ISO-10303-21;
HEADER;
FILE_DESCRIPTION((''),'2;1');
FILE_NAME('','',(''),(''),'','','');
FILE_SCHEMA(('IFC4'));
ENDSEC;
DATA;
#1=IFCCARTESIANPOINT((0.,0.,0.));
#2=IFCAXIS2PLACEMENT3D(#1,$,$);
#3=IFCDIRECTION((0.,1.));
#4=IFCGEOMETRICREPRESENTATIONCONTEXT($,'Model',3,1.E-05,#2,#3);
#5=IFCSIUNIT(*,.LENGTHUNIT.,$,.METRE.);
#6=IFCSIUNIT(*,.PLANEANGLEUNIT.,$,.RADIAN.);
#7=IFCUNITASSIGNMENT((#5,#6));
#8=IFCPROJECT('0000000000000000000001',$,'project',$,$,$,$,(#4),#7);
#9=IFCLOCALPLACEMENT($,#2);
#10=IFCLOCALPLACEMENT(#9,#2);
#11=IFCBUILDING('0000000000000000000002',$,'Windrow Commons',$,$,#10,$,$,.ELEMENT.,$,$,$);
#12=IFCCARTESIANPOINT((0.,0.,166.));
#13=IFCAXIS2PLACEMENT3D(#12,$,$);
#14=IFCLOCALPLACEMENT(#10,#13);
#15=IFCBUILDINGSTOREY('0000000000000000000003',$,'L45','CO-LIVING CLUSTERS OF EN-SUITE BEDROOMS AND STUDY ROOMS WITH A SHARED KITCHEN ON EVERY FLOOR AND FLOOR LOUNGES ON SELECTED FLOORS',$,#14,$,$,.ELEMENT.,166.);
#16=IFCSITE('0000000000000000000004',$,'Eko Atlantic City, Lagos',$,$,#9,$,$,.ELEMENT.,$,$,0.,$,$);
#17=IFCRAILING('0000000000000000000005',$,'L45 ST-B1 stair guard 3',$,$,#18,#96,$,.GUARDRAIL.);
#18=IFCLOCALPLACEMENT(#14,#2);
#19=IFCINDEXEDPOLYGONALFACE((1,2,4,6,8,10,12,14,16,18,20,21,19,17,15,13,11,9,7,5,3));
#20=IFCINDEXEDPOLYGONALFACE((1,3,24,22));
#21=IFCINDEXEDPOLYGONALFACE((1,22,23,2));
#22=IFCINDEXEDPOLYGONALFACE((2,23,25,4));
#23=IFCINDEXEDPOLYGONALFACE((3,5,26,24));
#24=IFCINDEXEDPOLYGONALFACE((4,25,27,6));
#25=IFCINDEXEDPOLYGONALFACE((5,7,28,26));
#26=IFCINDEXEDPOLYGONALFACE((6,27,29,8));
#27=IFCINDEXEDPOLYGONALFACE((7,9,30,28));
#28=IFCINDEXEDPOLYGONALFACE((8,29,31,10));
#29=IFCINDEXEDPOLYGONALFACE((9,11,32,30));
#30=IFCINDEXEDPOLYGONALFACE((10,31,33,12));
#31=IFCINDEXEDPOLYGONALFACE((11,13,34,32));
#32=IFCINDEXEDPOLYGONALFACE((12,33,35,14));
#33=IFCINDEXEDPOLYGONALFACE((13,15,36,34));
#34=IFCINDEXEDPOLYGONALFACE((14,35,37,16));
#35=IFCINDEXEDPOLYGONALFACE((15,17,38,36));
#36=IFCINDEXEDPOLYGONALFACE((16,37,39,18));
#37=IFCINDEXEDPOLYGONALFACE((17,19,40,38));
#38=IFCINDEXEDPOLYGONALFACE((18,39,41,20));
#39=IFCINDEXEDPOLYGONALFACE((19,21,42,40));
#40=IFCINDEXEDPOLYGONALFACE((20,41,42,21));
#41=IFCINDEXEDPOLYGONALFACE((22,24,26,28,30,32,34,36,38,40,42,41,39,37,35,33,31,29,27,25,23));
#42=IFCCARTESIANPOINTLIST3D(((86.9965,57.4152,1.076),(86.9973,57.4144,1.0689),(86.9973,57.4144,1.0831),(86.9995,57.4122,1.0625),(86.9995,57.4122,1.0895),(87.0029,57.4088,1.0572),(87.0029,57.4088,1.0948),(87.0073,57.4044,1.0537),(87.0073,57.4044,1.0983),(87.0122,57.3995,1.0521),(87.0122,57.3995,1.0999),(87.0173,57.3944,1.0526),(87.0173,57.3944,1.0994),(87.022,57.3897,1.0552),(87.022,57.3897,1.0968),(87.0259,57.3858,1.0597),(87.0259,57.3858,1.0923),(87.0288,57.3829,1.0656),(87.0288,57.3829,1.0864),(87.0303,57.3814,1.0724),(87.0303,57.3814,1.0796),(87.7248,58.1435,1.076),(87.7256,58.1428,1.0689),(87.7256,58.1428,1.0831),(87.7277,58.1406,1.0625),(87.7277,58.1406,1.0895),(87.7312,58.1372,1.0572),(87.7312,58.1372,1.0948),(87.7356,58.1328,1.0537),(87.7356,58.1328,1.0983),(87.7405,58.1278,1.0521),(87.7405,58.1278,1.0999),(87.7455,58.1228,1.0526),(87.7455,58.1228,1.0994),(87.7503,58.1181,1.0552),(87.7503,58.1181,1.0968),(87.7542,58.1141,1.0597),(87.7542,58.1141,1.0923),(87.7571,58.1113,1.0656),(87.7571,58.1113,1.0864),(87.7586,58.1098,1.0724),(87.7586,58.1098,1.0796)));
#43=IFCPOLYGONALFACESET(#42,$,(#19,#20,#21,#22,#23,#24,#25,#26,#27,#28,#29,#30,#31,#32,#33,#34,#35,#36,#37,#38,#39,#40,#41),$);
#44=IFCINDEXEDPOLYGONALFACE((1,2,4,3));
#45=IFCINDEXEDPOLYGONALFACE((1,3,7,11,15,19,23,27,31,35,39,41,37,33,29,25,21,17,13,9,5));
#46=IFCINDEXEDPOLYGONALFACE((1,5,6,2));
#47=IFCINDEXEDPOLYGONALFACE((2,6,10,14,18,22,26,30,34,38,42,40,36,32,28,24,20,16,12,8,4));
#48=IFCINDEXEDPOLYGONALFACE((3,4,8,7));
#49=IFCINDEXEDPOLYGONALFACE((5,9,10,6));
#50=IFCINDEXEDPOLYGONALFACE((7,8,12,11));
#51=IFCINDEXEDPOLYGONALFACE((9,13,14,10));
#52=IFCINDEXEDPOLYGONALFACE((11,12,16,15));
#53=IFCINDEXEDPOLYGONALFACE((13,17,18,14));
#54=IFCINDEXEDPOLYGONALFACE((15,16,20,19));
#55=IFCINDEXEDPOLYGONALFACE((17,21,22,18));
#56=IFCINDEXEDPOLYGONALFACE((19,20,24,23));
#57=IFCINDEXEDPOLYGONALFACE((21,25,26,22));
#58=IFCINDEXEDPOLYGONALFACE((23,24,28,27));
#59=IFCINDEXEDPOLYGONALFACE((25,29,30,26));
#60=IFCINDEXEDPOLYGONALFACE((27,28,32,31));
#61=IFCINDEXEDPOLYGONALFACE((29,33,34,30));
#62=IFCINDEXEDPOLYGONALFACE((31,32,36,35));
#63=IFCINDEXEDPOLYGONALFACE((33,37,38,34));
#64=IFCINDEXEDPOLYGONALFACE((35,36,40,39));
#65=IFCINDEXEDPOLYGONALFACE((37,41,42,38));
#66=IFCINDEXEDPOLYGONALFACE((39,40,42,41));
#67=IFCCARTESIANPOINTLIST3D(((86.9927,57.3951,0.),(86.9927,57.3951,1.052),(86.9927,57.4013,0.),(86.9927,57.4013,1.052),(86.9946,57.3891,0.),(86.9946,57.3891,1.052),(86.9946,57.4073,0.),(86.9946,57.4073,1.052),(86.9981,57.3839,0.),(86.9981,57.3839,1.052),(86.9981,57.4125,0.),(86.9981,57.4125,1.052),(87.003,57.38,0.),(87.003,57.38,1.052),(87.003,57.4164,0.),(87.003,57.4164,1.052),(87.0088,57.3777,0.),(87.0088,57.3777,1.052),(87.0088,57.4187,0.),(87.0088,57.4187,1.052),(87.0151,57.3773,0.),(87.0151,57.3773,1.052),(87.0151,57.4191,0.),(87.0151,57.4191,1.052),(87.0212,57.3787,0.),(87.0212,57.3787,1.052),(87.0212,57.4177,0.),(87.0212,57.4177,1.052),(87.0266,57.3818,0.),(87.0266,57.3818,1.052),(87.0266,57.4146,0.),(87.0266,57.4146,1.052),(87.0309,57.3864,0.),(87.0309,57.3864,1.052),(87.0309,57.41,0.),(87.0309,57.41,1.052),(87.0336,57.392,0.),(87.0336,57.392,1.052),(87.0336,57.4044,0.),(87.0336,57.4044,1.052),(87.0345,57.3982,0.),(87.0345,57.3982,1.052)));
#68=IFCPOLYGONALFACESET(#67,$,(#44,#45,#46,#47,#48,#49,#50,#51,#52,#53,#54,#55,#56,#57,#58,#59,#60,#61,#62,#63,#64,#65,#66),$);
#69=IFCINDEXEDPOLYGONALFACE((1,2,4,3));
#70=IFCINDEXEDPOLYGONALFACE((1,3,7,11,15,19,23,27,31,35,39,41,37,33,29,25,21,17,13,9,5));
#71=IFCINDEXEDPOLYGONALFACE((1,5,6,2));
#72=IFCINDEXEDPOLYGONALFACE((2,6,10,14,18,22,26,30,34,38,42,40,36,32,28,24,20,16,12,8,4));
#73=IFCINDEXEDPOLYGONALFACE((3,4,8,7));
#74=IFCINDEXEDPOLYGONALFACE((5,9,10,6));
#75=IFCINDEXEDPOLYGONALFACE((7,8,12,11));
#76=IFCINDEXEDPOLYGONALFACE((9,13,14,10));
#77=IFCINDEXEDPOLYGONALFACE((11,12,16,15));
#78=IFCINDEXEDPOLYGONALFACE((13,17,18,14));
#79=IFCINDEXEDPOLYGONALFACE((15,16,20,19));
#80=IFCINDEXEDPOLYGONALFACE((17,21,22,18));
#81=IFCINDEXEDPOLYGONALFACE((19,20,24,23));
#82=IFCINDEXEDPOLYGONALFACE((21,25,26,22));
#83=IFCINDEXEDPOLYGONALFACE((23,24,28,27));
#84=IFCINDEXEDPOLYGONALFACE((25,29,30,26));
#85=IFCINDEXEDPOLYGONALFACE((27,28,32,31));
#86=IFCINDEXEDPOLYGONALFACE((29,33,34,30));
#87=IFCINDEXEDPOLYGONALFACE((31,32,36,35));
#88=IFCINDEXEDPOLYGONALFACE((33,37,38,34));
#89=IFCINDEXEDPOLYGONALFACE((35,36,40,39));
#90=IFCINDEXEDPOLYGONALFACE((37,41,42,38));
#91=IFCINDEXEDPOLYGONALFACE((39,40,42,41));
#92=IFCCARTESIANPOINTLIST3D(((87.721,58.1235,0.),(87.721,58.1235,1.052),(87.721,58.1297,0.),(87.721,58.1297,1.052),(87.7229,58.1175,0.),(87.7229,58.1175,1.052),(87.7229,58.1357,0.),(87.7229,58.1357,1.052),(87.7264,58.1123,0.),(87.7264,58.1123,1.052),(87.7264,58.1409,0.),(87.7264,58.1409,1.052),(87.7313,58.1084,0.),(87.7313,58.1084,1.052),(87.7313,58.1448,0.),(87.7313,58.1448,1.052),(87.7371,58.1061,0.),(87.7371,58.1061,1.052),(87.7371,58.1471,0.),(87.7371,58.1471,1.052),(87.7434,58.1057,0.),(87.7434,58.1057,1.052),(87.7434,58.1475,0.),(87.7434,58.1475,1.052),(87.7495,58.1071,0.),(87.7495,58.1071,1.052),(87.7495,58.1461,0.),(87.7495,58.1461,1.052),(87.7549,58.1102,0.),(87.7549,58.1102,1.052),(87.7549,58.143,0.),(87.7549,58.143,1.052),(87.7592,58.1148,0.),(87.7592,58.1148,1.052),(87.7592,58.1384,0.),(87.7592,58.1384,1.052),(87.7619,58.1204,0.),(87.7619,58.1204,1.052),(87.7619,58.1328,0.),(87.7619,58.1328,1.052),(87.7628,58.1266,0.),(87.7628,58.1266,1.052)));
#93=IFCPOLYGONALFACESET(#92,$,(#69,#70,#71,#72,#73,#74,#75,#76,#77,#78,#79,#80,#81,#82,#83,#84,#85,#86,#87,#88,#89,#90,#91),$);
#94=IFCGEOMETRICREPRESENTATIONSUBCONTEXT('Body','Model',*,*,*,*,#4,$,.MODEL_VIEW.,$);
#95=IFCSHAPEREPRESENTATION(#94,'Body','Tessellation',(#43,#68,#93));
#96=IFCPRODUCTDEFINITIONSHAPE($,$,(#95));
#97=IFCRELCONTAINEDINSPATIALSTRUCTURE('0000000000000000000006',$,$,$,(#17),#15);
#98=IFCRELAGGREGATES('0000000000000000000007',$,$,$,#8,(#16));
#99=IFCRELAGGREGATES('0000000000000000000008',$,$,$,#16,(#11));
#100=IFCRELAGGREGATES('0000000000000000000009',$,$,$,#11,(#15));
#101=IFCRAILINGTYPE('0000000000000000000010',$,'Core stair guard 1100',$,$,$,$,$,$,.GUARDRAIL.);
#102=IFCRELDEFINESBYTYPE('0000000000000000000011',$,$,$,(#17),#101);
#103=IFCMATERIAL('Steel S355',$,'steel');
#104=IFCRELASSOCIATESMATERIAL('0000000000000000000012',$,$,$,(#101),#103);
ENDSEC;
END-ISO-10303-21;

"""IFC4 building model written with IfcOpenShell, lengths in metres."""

from ifc_helpers import new_model, si_unit, direction, frame, origin, origin_2d, place, context, subcontext, project, spatial, circle, extrude, material, type_object, element, save


model = new_model("IFC4")

# Units and contexts
model_context = context("Model", 3, precision=1e-05, world=origin(), true_north=direction((0.0, 1.0)))
body_context = subcontext(model_context, "Body", "Model", "MODEL_VIEW")
ifc_project = project(units=[si_unit("LENGTHUNIT", "METRE"), si_unit("PLANEANGLEUNIT", "RADIAN")], contexts=[model_context])

# Site, building, storey
site_placement = place(None, origin())
site = spatial("IfcSite", under=ifc_project, at=site_placement, Name="Eko Atlantic City, Lagos", CompositionType="ELEMENT", RefElevation=0.0)
building_placement = place(site_placement, origin())
building = spatial("IfcBuilding", under=site, at=building_placement, Name="Windrow Commons", CompositionType="ELEMENT")
storey_placement = place(building_placement, frame((0.0, 0.0, 166.0)))
storey = spatial("IfcBuildingStorey", under=building, at=storey_placement, Name="L45", Description="CO-LIVING CLUSTERS OF EN-SUITE BEDROOMS AND STUDY ROOMS WITH A SHARED KITCHEN ON EVERY FLOOR AND FLOOR LOUNGES ON SELECTED FLOORS", CompositionType="ELEMENT", Elevation=166.0)

# Railing
ifc_material_1 = material(Name="Steel S355", Category="steel")
railing_type = type_object("IfcRailingType", Name="Core stair guard 1100", PredefinedType="GUARDRAIL", material=ifc_material_1)
railing_1_placement = place(storey_placement, frame((87.0135, 57.3982, 0.0)))
element("IfcRailing", 1, at=railing_1_placement, inside=storey, type_object=railing_type, Name="L45 ST-B1 stair guard 3", PredefinedType="GUARDRAIL", context=body_context, shape_type="SweptSolid", body=[
    extrude(circle(Radius=0.024, at=origin_2d()), frame((0.0, 0.0, 1.076), z_axis=(0.707058, 0.707155, 0.0), x_axis=(-0.707155, 0.707058, 0.0)), (0.0, 0.0, 1.0), 1.03),
    extrude(circle(Radius=0.021, at=origin_2d()), origin(), (0.0, 0.0, 1.0), 1.052),
    extrude(circle(Radius=0.021, at=origin_2d()), frame((0.7283, 0.7284, 0.0)), (0.0, 0.0, 1.0), 1.052),
])

save(model, "model.ifc")
